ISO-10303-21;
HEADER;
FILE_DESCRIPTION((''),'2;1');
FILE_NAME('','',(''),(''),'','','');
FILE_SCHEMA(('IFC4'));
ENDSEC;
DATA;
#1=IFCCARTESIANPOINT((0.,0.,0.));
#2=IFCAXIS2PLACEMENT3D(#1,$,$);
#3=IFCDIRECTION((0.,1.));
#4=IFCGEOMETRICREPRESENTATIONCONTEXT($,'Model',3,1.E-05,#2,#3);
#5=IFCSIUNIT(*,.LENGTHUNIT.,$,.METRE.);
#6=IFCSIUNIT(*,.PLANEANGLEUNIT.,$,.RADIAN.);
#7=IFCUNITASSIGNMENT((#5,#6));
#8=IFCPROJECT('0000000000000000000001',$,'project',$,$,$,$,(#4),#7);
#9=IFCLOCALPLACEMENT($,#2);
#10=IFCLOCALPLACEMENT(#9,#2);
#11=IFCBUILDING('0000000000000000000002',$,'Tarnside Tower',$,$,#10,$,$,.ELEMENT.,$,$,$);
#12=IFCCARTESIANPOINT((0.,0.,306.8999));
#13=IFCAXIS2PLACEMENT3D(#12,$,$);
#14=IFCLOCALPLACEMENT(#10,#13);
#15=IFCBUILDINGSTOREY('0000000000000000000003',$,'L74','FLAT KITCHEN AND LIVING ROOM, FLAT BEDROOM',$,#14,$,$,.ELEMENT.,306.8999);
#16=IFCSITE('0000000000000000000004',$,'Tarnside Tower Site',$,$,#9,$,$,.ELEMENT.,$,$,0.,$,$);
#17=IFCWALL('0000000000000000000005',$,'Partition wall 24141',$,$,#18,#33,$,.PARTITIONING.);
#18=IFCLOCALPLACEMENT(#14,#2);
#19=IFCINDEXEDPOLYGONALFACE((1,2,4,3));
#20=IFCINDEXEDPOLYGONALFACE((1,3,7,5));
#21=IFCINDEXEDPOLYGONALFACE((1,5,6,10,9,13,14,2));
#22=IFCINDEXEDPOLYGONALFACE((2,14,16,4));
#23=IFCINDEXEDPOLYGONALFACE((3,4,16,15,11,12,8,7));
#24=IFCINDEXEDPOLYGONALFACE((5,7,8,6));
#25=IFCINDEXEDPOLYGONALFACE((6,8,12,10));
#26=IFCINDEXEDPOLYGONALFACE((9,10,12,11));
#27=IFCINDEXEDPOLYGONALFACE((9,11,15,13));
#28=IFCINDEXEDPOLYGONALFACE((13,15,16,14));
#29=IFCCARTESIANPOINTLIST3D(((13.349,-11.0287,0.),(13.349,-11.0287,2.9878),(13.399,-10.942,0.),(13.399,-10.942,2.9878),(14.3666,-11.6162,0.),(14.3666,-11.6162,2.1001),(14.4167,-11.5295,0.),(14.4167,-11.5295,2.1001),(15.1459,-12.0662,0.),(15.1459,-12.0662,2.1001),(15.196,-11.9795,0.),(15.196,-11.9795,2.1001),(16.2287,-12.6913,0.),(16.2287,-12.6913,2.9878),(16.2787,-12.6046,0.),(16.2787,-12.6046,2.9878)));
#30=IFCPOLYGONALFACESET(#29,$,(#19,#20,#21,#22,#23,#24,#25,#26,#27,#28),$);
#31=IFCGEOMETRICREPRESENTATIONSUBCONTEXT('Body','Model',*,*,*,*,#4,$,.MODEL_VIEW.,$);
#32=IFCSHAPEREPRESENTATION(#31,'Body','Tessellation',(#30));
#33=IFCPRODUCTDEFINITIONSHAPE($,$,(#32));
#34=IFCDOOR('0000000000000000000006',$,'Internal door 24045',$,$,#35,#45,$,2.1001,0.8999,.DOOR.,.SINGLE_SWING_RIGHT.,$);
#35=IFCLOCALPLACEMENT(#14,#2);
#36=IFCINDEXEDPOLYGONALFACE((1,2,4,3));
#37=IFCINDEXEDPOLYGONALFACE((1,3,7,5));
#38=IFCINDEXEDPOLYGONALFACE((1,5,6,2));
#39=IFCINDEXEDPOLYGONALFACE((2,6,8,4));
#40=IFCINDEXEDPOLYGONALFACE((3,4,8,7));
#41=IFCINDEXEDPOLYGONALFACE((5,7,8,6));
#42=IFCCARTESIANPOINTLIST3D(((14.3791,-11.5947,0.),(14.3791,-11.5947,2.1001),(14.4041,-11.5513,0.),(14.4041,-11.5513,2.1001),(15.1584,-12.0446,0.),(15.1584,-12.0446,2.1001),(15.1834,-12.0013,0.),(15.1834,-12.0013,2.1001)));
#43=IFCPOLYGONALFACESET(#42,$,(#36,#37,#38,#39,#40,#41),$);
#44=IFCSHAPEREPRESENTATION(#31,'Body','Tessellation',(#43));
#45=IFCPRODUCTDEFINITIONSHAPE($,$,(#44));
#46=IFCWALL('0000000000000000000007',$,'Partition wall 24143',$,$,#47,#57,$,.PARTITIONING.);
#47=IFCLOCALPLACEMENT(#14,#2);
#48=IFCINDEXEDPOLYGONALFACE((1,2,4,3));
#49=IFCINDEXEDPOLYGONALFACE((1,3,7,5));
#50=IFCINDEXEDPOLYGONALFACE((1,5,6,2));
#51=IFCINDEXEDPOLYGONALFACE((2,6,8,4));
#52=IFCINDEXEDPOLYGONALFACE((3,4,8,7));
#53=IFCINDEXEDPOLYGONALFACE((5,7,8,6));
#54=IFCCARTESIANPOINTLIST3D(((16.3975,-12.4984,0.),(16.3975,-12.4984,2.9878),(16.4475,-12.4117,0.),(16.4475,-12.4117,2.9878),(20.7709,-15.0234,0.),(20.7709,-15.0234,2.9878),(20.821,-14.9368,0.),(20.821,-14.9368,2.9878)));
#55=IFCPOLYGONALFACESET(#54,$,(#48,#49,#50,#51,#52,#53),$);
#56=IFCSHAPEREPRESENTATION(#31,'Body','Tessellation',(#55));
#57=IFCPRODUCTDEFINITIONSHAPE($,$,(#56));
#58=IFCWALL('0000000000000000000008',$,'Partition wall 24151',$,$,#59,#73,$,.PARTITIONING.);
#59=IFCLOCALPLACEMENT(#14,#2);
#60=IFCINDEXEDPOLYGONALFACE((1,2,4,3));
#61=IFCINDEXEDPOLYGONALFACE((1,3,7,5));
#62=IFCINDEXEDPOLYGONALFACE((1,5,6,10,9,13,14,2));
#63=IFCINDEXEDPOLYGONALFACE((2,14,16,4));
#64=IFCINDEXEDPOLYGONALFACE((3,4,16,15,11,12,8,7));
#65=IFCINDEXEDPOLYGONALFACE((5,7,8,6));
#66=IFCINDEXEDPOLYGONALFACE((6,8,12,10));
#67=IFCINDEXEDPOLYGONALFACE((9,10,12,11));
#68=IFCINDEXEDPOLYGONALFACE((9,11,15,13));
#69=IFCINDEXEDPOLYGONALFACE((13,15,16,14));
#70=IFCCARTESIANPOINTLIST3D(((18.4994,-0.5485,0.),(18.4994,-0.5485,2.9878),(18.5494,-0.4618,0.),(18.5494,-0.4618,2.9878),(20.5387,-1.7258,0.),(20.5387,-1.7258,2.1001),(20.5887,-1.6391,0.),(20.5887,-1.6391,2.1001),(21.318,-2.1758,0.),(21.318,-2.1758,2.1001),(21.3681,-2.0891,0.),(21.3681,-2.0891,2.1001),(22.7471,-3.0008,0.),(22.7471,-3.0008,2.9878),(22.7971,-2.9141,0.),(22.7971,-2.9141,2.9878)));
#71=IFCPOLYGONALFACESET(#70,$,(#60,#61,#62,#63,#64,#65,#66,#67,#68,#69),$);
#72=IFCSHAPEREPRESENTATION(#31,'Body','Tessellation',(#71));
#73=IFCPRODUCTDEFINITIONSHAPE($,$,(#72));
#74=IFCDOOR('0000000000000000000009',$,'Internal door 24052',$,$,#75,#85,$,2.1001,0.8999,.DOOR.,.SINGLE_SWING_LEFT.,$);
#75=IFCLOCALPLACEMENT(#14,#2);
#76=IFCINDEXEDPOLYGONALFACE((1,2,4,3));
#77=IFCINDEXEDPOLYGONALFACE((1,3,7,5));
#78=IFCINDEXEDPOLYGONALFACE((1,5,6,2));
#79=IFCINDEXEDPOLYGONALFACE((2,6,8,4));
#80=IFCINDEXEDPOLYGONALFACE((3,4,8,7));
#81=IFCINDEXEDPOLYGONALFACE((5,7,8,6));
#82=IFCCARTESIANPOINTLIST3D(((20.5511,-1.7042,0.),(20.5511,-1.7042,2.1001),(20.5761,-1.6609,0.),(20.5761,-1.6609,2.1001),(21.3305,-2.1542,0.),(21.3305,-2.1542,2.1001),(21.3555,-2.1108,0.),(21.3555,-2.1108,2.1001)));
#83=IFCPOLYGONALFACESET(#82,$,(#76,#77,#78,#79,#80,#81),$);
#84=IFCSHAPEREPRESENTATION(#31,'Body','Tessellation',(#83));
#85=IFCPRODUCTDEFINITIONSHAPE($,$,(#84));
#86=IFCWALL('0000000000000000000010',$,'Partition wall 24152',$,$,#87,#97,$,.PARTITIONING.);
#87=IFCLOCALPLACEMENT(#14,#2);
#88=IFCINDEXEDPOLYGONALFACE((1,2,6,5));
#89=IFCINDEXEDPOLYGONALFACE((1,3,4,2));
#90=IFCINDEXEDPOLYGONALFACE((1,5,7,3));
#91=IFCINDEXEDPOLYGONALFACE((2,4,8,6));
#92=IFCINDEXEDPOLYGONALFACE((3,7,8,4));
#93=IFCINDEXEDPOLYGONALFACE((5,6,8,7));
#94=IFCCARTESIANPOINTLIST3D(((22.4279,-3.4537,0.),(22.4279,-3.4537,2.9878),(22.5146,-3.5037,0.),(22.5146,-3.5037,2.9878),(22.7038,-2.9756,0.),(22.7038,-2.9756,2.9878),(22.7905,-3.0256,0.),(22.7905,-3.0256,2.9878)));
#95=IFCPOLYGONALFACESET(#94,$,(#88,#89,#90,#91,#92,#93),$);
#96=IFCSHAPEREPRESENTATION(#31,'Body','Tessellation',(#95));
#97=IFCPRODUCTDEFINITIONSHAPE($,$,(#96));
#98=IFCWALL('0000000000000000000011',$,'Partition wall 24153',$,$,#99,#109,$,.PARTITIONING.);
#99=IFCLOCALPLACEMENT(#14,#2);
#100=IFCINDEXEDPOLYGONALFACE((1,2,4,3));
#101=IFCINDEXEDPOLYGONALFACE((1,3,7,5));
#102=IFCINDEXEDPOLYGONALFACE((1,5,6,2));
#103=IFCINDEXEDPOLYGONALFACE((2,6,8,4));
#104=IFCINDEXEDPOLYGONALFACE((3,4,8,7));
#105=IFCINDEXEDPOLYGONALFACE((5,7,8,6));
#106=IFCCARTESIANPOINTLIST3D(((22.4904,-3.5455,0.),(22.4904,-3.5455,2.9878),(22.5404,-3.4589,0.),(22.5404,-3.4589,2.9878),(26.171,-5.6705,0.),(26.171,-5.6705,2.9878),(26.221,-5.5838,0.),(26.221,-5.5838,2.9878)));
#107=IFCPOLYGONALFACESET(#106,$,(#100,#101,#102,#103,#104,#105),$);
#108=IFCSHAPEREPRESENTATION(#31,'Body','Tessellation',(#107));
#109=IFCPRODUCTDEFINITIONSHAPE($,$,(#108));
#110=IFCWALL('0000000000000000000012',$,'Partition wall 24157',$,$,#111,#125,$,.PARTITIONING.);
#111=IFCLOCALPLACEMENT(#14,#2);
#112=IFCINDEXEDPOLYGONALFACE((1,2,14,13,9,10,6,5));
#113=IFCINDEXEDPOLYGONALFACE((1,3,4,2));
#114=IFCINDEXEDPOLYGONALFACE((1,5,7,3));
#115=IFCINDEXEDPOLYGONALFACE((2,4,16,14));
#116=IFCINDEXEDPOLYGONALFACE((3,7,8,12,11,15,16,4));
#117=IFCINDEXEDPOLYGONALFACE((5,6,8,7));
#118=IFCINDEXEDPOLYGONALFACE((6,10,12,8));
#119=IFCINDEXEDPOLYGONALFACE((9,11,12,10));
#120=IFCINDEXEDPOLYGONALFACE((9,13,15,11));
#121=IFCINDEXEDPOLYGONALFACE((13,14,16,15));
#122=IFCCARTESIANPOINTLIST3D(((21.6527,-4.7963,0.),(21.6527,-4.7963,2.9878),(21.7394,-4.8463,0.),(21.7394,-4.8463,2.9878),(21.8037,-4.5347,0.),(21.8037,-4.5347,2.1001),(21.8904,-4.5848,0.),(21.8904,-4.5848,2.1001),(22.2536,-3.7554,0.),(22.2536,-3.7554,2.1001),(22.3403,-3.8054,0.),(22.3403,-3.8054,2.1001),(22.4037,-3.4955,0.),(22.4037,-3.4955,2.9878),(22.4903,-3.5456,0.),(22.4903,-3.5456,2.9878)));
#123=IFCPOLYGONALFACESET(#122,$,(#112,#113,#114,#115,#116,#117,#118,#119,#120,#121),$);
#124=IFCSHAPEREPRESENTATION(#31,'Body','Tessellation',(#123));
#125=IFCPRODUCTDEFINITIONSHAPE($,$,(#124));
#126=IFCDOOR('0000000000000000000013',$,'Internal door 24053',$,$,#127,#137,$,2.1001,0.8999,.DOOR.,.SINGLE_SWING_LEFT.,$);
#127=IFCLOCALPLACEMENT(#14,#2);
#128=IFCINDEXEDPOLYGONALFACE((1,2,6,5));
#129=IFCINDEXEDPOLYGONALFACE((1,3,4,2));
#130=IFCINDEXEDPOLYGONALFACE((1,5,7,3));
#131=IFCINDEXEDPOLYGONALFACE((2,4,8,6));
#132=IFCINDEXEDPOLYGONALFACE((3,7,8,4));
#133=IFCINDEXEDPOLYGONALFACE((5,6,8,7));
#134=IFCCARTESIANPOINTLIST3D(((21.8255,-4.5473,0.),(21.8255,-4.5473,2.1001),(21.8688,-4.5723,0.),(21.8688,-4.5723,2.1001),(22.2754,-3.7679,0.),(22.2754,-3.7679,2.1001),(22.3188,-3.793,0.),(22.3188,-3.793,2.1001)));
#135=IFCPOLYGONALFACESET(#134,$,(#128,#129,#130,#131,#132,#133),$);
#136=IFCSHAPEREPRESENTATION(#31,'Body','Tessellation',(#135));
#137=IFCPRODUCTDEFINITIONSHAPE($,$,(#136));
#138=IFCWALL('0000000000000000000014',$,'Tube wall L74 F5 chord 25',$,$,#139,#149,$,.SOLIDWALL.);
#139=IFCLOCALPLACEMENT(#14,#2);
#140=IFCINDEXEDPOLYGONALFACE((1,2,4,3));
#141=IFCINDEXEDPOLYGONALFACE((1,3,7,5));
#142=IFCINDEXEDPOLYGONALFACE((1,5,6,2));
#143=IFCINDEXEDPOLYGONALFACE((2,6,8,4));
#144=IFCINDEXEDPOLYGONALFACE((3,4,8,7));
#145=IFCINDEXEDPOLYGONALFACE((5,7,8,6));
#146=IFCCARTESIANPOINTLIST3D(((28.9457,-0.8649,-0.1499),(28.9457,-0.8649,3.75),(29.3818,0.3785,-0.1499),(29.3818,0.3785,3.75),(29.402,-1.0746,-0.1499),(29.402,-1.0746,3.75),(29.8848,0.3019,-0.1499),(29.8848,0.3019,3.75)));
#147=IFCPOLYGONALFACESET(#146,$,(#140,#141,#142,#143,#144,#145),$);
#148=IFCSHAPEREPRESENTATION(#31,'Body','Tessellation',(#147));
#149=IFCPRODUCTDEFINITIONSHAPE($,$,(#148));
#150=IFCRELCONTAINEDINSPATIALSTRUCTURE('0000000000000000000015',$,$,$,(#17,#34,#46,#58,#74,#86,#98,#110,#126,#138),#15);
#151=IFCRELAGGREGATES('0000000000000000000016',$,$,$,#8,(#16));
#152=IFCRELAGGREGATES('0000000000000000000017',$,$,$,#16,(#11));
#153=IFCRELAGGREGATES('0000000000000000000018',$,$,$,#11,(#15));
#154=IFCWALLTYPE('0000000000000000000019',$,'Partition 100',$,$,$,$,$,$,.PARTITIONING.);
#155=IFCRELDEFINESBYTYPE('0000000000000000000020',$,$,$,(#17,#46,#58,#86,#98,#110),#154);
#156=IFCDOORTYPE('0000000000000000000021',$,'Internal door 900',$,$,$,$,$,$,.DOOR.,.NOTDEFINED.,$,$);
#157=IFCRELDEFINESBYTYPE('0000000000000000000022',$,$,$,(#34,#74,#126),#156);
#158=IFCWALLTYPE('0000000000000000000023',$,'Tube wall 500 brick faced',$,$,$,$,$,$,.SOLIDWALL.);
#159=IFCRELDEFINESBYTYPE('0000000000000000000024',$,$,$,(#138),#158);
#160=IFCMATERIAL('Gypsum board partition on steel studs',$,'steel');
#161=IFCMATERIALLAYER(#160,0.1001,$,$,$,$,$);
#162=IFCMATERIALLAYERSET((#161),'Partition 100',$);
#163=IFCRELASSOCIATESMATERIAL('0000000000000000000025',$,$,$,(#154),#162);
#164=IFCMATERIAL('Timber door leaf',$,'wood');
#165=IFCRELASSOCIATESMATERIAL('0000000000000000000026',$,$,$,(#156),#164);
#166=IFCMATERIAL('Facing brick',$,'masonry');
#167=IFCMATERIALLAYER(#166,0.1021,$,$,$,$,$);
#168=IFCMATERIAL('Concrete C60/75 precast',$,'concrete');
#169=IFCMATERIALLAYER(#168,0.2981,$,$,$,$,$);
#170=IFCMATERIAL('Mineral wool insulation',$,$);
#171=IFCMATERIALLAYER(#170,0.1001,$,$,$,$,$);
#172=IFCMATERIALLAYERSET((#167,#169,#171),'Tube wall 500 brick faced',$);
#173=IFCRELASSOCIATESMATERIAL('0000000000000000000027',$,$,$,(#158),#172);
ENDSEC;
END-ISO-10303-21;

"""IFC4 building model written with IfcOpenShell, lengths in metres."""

from ifc_helpers import new_model, si_unit, direction, frame, frame_2d, origin, place, context, subcontext, project, spatial, polyline, rectangle, outline, extrude, material, layer, layer_set, type_object, element, fill, save


model = new_model("IFC4")

# Units and contexts
model_context = context("Model", 3, precision=1e-05, world=origin(), true_north=direction((0.0, 1.0)))
body_context = subcontext(model_context, "Body", "Model", "MODEL_VIEW")
ifc_project = project(units=[si_unit("LENGTHUNIT", "METRE"), si_unit("PLANEANGLEUNIT", "RADIAN")], contexts=[model_context])

# Site, building, storey
site_placement = place(None, origin())
site = spatial("IfcSite", under=ifc_project, at=site_placement, Name="Tarnside Tower Site", CompositionType="ELEMENT", RefElevation=0.0)
building_placement = place(site_placement, origin())
building = spatial("IfcBuilding", under=site, at=building_placement, Name="Tarnside Tower", CompositionType="ELEMENT")
storey_placement = place(building_placement, frame((0.0, 0.0, 306.8999)))
storey = spatial("IfcBuildingStorey", under=building, at=storey_placement, Name="L74", Description="FLAT KITCHEN AND LIVING ROOM, FLAT BEDROOM", CompositionType="ELEMENT", Elevation=306.8999)

# Shared definitions
ifc_material_1 = material(Name="Gypsum board partition on steel studs", Category="steel")
ifc_material_2 = material(Name="Timber door leaf", Category="wood")

# Wall, opening, door
ifc_layer_1 = layer(ifc_material_1, 0.1001)
ifc_layer_set_1 = layer_set([ifc_layer_1], Name="Partition 100")
wall_type_1 = type_object("IfcWallType", Name="Partition 100", PredefinedType="PARTITIONING", material=ifc_layer_set_1)
wall_1_placement = place(storey_placement, frame((13.374, -10.9854, 0.0), z_axis=(0.0, 0.0, 1.0), x_axis=(0.866021, -0.500008, 0.0)))
wall_1 = element("IfcWall", 1, at=wall_1_placement, inside=storey, type_object=wall_type_1, Name="Partition wall 24141", PredefinedType="PARTITIONING", context=body_context, shape_type="SweptSolid", body=[
    extrude(rectangle(XDim=3.3252, YDim=0.1001, at=frame_2d((1.6626, 0.0))), origin(), (0.0, 0.0, 1.0), 2.9878),
])
opening_1_placement = place(wall_1_placement, frame((1.175, 0.0, 0.0)))
opening_1 = element("IfcOpeningElement", 2, at=opening_1_placement, cuts=wall_1, PredefinedType="OPENING", context=body_context, shape_type="SweptSolid", body=[
    extrude(rectangle(XDim=0.8999, YDim=2.1001, at=frame_2d((0.45, 1.05))), frame((0.0, 0.0601, 0.0), z_axis=(0.0, -1.0, 0.0), x_axis=(1.0, 0.0, 0.0)), (0.0, 0.0, 1.0), 0.1201),
])
door_type_1 = type_object("IfcDoorType", Name="Internal door 900", OperationType="NOTDEFINED", PredefinedType="DOOR", material=ifc_material_2)
door_1_placement = place(opening_1_placement, origin())
door_1 = element("IfcDoor", 3, at=door_1_placement, inside=storey, type_object=door_type_1, Name="Internal door 24045", OperationType="SINGLE_SWING_RIGHT", OverallHeight=2.1001, OverallWidth=0.8999, PredefinedType="DOOR", context=body_context, shape_type="SweptSolid", body=[
    extrude(rectangle(XDim=0.8999, YDim=2.1001, at=frame_2d((0.45, 1.05))), frame((0.0, 0.0249, 0.0), z_axis=(0.0, -1.0, 0.0), x_axis=(1.0, 0.0, 0.0)), (0.0, 0.0, 1.0), 0.05),
])
fill(opening_1, door_1)

# Wall
wall_2_placement = place(storey_placement, frame((16.4226, -12.4551, 0.0), z_axis=(0.0, 0.0, 1.0), x_axis=(0.866018, -0.500013, 0.0)))
element("IfcWall", 4, at=wall_2_placement, inside=storey, type_object=wall_type_1, Name="Partition wall 24143", PredefinedType="PARTITIONING", context=body_context, shape_type="SweptSolid", body=[
    extrude(rectangle(XDim=5.05, YDim=0.1001, at=frame_2d((2.5249, 0.0))), origin(), (0.0, 0.0, 1.0), 2.9878),
])

# Wall, opening, door
wall_3_placement = place(storey_placement, frame((18.5244, -0.5051, 0.0), z_axis=(0.0, 0.0, 1.0), x_axis=(0.866032, -0.499988, 0.0)))
wall_3 = element("IfcWall", 5, at=wall_3_placement, inside=storey, type_object=wall_type_1, Name="Partition wall 24151", PredefinedType="PARTITIONING", context=body_context, shape_type="SweptSolid", body=[
    extrude(rectangle(XDim=4.9048, YDim=0.1001, at=frame_2d((2.4524, 0.0))), origin(), (0.0, 0.0, 1.0), 2.9878),
])
opening_2_placement = place(wall_3_placement, frame((2.3547, 0.0, 0.0)))
opening_2 = element("IfcOpeningElement", 6, at=opening_2_placement, cuts=wall_3, PredefinedType="OPENING", context=body_context, shape_type="SweptSolid", body=[
    extrude(rectangle(XDim=0.8999, YDim=2.1001, at=frame_2d((0.45, 1.05))), frame((0.0, 0.0601, 0.0), z_axis=(0.0, -1.0, 0.0), x_axis=(1.0, 0.0, 0.0)), (0.0, 0.0, 1.0), 0.1201),
])
door_2_placement = place(opening_2_placement, origin())
door_2 = element("IfcDoor", 7, at=door_2_placement, inside=storey, type_object=door_type_1, Name="Internal door 24052", OperationType="SINGLE_SWING_LEFT", OverallHeight=2.1001, OverallWidth=0.8999, PredefinedType="DOOR", context=body_context, shape_type="SweptSolid", body=[
    extrude(rectangle(XDim=0.8999, YDim=2.1001, at=frame_2d((0.45, 1.05))), frame((0.0, 0.0249, 0.0), z_axis=(0.0, -1.0, 0.0), x_axis=(1.0, 0.0, 0.0)), (0.0, 0.0, 1.0), 0.05),
])
fill(opening_2, door_2)

# Walls
wall_4_placement = place(storey_placement, frame((22.7471, -3.0007, 0.0), z_axis=(0.0, 0.0, 1.0), x_axis=(-0.49985, -0.866112, 0.0)))
element("IfcWall", 8, at=wall_4_placement, inside=storey, type_object=wall_type_1, Name="Partition wall 24152", PredefinedType="PARTITIONING", context=body_context, shape_type="SweptSolid", body=[
    extrude(rectangle(XDim=0.552, YDim=0.1001, at=frame_2d((0.2759, 0.0))), origin(), (0.0, 0.0, 1.0), 2.9878),
])
wall_5_placement = place(storey_placement, frame((22.5154, -3.5022, 0.0), z_axis=(0.0, 0.0, 1.0), x_axis=(0.866029, -0.499994, 0.0)))
element("IfcWall", 9, at=wall_5_placement, inside=storey, type_object=wall_type_1, Name="Partition wall 24153", PredefinedType="PARTITIONING", context=body_context, shape_type="SweptSolid", body=[
    extrude(rectangle(XDim=4.25, YDim=0.1001, at=frame_2d((2.125, 0.0))), origin(), (0.0, 0.0, 1.0), 2.9878),
])

# Wall, opening, door
wall_6_placement = place(storey_placement, frame((21.696, -4.8213, 0.0), z_axis=(0.0, 0.0, 1.0), x_axis=(0.499985, 0.866034, 0.0)))
wall_6 = element("IfcWall", 10, at=wall_6_placement, inside=storey, type_object=wall_type_1, Name="Partition wall 24157", PredefinedType="PARTITIONING", context=body_context, shape_type="SweptSolid", body=[
    extrude(rectangle(XDim=1.502, YDim=0.1001, at=frame_2d((0.751, 0.0))), origin(), (0.0, 0.0, 1.0), 2.9878),
])
opening_3_placement = place(wall_6_placement, frame((0.302, 0.0, 0.0)))
opening_3 = element("IfcOpeningElement", 11, at=opening_3_placement, cuts=wall_6, PredefinedType="OPENING", context=body_context, shape_type="SweptSolid", body=[
    extrude(rectangle(XDim=0.8999, YDim=2.1001, at=frame_2d((0.45, 1.05))), frame((0.0, 0.0601, 0.0), z_axis=(0.0, -1.0, 0.0), x_axis=(1.0, 0.0, 0.0)), (0.0, 0.0, 1.0), 0.1201),
])
door_3_placement = place(opening_3_placement, origin())
door_3 = element("IfcDoor", 12, at=door_3_placement, inside=storey, type_object=door_type_1, Name="Internal door 24053", OperationType="SINGLE_SWING_LEFT", OverallHeight=2.1001, OverallWidth=0.8999, PredefinedType="DOOR", context=body_context, shape_type="SweptSolid", body=[
    extrude(rectangle(XDim=0.8999, YDim=2.1001, at=frame_2d((0.45, 1.05))), frame((0.0, 0.0249, 0.0), z_axis=(0.0, -1.0, 0.0), x_axis=(1.0, 0.0, 0.0)), (0.0, 0.0, 1.0), 0.05),
])
fill(opening_3, door_3)

# Wall
ifc_material_3 = material(Name="Facing brick", Category="masonry")
ifc_layer_2 = layer(ifc_material_3, 0.1021)
ifc_material_4 = material(Name="Concrete C60/75 precast", Category="concrete")
ifc_layer_3 = layer(ifc_material_4, 0.2981)
ifc_material_5 = material(Name="Mineral wool insulation")
ifc_layer_4 = layer(ifc_material_5, 0.1001)
ifc_layer_set_2 = layer_set([ifc_layer_2, ifc_layer_3, ifc_layer_4], Name="Tube wall 500 brick faced")
wall_type_2 = type_object("IfcWallType", Name="Tube wall 500 brick faced", PredefinedType="SOLIDWALL", material=ifc_layer_set_2)
wall_7_placement = place(storey_placement, frame((29.1738, -0.9697, -0.1499), z_axis=(0.0, 0.0, 1.0), x_axis=(0.330961, 0.943644, 0.0)))
element("IfcWall", 13, at=wall_7_placement, inside=storey, type_object=wall_type_2, Name="Tube wall L74 F5 chord 25", PredefinedType="SOLIDWALL", context=body_context, shape_type="SweptSolid", body=[
    extrude(outline(polyline([(-0.0234, -0.25), (1.4353, -0.25), (1.3411, 0.25), (0.0234, 0.25), (-0.0234, -0.25)])), origin(), (0.0, 0.0, 1.0), 3.8999),
])

save(model, "model.ifc")
